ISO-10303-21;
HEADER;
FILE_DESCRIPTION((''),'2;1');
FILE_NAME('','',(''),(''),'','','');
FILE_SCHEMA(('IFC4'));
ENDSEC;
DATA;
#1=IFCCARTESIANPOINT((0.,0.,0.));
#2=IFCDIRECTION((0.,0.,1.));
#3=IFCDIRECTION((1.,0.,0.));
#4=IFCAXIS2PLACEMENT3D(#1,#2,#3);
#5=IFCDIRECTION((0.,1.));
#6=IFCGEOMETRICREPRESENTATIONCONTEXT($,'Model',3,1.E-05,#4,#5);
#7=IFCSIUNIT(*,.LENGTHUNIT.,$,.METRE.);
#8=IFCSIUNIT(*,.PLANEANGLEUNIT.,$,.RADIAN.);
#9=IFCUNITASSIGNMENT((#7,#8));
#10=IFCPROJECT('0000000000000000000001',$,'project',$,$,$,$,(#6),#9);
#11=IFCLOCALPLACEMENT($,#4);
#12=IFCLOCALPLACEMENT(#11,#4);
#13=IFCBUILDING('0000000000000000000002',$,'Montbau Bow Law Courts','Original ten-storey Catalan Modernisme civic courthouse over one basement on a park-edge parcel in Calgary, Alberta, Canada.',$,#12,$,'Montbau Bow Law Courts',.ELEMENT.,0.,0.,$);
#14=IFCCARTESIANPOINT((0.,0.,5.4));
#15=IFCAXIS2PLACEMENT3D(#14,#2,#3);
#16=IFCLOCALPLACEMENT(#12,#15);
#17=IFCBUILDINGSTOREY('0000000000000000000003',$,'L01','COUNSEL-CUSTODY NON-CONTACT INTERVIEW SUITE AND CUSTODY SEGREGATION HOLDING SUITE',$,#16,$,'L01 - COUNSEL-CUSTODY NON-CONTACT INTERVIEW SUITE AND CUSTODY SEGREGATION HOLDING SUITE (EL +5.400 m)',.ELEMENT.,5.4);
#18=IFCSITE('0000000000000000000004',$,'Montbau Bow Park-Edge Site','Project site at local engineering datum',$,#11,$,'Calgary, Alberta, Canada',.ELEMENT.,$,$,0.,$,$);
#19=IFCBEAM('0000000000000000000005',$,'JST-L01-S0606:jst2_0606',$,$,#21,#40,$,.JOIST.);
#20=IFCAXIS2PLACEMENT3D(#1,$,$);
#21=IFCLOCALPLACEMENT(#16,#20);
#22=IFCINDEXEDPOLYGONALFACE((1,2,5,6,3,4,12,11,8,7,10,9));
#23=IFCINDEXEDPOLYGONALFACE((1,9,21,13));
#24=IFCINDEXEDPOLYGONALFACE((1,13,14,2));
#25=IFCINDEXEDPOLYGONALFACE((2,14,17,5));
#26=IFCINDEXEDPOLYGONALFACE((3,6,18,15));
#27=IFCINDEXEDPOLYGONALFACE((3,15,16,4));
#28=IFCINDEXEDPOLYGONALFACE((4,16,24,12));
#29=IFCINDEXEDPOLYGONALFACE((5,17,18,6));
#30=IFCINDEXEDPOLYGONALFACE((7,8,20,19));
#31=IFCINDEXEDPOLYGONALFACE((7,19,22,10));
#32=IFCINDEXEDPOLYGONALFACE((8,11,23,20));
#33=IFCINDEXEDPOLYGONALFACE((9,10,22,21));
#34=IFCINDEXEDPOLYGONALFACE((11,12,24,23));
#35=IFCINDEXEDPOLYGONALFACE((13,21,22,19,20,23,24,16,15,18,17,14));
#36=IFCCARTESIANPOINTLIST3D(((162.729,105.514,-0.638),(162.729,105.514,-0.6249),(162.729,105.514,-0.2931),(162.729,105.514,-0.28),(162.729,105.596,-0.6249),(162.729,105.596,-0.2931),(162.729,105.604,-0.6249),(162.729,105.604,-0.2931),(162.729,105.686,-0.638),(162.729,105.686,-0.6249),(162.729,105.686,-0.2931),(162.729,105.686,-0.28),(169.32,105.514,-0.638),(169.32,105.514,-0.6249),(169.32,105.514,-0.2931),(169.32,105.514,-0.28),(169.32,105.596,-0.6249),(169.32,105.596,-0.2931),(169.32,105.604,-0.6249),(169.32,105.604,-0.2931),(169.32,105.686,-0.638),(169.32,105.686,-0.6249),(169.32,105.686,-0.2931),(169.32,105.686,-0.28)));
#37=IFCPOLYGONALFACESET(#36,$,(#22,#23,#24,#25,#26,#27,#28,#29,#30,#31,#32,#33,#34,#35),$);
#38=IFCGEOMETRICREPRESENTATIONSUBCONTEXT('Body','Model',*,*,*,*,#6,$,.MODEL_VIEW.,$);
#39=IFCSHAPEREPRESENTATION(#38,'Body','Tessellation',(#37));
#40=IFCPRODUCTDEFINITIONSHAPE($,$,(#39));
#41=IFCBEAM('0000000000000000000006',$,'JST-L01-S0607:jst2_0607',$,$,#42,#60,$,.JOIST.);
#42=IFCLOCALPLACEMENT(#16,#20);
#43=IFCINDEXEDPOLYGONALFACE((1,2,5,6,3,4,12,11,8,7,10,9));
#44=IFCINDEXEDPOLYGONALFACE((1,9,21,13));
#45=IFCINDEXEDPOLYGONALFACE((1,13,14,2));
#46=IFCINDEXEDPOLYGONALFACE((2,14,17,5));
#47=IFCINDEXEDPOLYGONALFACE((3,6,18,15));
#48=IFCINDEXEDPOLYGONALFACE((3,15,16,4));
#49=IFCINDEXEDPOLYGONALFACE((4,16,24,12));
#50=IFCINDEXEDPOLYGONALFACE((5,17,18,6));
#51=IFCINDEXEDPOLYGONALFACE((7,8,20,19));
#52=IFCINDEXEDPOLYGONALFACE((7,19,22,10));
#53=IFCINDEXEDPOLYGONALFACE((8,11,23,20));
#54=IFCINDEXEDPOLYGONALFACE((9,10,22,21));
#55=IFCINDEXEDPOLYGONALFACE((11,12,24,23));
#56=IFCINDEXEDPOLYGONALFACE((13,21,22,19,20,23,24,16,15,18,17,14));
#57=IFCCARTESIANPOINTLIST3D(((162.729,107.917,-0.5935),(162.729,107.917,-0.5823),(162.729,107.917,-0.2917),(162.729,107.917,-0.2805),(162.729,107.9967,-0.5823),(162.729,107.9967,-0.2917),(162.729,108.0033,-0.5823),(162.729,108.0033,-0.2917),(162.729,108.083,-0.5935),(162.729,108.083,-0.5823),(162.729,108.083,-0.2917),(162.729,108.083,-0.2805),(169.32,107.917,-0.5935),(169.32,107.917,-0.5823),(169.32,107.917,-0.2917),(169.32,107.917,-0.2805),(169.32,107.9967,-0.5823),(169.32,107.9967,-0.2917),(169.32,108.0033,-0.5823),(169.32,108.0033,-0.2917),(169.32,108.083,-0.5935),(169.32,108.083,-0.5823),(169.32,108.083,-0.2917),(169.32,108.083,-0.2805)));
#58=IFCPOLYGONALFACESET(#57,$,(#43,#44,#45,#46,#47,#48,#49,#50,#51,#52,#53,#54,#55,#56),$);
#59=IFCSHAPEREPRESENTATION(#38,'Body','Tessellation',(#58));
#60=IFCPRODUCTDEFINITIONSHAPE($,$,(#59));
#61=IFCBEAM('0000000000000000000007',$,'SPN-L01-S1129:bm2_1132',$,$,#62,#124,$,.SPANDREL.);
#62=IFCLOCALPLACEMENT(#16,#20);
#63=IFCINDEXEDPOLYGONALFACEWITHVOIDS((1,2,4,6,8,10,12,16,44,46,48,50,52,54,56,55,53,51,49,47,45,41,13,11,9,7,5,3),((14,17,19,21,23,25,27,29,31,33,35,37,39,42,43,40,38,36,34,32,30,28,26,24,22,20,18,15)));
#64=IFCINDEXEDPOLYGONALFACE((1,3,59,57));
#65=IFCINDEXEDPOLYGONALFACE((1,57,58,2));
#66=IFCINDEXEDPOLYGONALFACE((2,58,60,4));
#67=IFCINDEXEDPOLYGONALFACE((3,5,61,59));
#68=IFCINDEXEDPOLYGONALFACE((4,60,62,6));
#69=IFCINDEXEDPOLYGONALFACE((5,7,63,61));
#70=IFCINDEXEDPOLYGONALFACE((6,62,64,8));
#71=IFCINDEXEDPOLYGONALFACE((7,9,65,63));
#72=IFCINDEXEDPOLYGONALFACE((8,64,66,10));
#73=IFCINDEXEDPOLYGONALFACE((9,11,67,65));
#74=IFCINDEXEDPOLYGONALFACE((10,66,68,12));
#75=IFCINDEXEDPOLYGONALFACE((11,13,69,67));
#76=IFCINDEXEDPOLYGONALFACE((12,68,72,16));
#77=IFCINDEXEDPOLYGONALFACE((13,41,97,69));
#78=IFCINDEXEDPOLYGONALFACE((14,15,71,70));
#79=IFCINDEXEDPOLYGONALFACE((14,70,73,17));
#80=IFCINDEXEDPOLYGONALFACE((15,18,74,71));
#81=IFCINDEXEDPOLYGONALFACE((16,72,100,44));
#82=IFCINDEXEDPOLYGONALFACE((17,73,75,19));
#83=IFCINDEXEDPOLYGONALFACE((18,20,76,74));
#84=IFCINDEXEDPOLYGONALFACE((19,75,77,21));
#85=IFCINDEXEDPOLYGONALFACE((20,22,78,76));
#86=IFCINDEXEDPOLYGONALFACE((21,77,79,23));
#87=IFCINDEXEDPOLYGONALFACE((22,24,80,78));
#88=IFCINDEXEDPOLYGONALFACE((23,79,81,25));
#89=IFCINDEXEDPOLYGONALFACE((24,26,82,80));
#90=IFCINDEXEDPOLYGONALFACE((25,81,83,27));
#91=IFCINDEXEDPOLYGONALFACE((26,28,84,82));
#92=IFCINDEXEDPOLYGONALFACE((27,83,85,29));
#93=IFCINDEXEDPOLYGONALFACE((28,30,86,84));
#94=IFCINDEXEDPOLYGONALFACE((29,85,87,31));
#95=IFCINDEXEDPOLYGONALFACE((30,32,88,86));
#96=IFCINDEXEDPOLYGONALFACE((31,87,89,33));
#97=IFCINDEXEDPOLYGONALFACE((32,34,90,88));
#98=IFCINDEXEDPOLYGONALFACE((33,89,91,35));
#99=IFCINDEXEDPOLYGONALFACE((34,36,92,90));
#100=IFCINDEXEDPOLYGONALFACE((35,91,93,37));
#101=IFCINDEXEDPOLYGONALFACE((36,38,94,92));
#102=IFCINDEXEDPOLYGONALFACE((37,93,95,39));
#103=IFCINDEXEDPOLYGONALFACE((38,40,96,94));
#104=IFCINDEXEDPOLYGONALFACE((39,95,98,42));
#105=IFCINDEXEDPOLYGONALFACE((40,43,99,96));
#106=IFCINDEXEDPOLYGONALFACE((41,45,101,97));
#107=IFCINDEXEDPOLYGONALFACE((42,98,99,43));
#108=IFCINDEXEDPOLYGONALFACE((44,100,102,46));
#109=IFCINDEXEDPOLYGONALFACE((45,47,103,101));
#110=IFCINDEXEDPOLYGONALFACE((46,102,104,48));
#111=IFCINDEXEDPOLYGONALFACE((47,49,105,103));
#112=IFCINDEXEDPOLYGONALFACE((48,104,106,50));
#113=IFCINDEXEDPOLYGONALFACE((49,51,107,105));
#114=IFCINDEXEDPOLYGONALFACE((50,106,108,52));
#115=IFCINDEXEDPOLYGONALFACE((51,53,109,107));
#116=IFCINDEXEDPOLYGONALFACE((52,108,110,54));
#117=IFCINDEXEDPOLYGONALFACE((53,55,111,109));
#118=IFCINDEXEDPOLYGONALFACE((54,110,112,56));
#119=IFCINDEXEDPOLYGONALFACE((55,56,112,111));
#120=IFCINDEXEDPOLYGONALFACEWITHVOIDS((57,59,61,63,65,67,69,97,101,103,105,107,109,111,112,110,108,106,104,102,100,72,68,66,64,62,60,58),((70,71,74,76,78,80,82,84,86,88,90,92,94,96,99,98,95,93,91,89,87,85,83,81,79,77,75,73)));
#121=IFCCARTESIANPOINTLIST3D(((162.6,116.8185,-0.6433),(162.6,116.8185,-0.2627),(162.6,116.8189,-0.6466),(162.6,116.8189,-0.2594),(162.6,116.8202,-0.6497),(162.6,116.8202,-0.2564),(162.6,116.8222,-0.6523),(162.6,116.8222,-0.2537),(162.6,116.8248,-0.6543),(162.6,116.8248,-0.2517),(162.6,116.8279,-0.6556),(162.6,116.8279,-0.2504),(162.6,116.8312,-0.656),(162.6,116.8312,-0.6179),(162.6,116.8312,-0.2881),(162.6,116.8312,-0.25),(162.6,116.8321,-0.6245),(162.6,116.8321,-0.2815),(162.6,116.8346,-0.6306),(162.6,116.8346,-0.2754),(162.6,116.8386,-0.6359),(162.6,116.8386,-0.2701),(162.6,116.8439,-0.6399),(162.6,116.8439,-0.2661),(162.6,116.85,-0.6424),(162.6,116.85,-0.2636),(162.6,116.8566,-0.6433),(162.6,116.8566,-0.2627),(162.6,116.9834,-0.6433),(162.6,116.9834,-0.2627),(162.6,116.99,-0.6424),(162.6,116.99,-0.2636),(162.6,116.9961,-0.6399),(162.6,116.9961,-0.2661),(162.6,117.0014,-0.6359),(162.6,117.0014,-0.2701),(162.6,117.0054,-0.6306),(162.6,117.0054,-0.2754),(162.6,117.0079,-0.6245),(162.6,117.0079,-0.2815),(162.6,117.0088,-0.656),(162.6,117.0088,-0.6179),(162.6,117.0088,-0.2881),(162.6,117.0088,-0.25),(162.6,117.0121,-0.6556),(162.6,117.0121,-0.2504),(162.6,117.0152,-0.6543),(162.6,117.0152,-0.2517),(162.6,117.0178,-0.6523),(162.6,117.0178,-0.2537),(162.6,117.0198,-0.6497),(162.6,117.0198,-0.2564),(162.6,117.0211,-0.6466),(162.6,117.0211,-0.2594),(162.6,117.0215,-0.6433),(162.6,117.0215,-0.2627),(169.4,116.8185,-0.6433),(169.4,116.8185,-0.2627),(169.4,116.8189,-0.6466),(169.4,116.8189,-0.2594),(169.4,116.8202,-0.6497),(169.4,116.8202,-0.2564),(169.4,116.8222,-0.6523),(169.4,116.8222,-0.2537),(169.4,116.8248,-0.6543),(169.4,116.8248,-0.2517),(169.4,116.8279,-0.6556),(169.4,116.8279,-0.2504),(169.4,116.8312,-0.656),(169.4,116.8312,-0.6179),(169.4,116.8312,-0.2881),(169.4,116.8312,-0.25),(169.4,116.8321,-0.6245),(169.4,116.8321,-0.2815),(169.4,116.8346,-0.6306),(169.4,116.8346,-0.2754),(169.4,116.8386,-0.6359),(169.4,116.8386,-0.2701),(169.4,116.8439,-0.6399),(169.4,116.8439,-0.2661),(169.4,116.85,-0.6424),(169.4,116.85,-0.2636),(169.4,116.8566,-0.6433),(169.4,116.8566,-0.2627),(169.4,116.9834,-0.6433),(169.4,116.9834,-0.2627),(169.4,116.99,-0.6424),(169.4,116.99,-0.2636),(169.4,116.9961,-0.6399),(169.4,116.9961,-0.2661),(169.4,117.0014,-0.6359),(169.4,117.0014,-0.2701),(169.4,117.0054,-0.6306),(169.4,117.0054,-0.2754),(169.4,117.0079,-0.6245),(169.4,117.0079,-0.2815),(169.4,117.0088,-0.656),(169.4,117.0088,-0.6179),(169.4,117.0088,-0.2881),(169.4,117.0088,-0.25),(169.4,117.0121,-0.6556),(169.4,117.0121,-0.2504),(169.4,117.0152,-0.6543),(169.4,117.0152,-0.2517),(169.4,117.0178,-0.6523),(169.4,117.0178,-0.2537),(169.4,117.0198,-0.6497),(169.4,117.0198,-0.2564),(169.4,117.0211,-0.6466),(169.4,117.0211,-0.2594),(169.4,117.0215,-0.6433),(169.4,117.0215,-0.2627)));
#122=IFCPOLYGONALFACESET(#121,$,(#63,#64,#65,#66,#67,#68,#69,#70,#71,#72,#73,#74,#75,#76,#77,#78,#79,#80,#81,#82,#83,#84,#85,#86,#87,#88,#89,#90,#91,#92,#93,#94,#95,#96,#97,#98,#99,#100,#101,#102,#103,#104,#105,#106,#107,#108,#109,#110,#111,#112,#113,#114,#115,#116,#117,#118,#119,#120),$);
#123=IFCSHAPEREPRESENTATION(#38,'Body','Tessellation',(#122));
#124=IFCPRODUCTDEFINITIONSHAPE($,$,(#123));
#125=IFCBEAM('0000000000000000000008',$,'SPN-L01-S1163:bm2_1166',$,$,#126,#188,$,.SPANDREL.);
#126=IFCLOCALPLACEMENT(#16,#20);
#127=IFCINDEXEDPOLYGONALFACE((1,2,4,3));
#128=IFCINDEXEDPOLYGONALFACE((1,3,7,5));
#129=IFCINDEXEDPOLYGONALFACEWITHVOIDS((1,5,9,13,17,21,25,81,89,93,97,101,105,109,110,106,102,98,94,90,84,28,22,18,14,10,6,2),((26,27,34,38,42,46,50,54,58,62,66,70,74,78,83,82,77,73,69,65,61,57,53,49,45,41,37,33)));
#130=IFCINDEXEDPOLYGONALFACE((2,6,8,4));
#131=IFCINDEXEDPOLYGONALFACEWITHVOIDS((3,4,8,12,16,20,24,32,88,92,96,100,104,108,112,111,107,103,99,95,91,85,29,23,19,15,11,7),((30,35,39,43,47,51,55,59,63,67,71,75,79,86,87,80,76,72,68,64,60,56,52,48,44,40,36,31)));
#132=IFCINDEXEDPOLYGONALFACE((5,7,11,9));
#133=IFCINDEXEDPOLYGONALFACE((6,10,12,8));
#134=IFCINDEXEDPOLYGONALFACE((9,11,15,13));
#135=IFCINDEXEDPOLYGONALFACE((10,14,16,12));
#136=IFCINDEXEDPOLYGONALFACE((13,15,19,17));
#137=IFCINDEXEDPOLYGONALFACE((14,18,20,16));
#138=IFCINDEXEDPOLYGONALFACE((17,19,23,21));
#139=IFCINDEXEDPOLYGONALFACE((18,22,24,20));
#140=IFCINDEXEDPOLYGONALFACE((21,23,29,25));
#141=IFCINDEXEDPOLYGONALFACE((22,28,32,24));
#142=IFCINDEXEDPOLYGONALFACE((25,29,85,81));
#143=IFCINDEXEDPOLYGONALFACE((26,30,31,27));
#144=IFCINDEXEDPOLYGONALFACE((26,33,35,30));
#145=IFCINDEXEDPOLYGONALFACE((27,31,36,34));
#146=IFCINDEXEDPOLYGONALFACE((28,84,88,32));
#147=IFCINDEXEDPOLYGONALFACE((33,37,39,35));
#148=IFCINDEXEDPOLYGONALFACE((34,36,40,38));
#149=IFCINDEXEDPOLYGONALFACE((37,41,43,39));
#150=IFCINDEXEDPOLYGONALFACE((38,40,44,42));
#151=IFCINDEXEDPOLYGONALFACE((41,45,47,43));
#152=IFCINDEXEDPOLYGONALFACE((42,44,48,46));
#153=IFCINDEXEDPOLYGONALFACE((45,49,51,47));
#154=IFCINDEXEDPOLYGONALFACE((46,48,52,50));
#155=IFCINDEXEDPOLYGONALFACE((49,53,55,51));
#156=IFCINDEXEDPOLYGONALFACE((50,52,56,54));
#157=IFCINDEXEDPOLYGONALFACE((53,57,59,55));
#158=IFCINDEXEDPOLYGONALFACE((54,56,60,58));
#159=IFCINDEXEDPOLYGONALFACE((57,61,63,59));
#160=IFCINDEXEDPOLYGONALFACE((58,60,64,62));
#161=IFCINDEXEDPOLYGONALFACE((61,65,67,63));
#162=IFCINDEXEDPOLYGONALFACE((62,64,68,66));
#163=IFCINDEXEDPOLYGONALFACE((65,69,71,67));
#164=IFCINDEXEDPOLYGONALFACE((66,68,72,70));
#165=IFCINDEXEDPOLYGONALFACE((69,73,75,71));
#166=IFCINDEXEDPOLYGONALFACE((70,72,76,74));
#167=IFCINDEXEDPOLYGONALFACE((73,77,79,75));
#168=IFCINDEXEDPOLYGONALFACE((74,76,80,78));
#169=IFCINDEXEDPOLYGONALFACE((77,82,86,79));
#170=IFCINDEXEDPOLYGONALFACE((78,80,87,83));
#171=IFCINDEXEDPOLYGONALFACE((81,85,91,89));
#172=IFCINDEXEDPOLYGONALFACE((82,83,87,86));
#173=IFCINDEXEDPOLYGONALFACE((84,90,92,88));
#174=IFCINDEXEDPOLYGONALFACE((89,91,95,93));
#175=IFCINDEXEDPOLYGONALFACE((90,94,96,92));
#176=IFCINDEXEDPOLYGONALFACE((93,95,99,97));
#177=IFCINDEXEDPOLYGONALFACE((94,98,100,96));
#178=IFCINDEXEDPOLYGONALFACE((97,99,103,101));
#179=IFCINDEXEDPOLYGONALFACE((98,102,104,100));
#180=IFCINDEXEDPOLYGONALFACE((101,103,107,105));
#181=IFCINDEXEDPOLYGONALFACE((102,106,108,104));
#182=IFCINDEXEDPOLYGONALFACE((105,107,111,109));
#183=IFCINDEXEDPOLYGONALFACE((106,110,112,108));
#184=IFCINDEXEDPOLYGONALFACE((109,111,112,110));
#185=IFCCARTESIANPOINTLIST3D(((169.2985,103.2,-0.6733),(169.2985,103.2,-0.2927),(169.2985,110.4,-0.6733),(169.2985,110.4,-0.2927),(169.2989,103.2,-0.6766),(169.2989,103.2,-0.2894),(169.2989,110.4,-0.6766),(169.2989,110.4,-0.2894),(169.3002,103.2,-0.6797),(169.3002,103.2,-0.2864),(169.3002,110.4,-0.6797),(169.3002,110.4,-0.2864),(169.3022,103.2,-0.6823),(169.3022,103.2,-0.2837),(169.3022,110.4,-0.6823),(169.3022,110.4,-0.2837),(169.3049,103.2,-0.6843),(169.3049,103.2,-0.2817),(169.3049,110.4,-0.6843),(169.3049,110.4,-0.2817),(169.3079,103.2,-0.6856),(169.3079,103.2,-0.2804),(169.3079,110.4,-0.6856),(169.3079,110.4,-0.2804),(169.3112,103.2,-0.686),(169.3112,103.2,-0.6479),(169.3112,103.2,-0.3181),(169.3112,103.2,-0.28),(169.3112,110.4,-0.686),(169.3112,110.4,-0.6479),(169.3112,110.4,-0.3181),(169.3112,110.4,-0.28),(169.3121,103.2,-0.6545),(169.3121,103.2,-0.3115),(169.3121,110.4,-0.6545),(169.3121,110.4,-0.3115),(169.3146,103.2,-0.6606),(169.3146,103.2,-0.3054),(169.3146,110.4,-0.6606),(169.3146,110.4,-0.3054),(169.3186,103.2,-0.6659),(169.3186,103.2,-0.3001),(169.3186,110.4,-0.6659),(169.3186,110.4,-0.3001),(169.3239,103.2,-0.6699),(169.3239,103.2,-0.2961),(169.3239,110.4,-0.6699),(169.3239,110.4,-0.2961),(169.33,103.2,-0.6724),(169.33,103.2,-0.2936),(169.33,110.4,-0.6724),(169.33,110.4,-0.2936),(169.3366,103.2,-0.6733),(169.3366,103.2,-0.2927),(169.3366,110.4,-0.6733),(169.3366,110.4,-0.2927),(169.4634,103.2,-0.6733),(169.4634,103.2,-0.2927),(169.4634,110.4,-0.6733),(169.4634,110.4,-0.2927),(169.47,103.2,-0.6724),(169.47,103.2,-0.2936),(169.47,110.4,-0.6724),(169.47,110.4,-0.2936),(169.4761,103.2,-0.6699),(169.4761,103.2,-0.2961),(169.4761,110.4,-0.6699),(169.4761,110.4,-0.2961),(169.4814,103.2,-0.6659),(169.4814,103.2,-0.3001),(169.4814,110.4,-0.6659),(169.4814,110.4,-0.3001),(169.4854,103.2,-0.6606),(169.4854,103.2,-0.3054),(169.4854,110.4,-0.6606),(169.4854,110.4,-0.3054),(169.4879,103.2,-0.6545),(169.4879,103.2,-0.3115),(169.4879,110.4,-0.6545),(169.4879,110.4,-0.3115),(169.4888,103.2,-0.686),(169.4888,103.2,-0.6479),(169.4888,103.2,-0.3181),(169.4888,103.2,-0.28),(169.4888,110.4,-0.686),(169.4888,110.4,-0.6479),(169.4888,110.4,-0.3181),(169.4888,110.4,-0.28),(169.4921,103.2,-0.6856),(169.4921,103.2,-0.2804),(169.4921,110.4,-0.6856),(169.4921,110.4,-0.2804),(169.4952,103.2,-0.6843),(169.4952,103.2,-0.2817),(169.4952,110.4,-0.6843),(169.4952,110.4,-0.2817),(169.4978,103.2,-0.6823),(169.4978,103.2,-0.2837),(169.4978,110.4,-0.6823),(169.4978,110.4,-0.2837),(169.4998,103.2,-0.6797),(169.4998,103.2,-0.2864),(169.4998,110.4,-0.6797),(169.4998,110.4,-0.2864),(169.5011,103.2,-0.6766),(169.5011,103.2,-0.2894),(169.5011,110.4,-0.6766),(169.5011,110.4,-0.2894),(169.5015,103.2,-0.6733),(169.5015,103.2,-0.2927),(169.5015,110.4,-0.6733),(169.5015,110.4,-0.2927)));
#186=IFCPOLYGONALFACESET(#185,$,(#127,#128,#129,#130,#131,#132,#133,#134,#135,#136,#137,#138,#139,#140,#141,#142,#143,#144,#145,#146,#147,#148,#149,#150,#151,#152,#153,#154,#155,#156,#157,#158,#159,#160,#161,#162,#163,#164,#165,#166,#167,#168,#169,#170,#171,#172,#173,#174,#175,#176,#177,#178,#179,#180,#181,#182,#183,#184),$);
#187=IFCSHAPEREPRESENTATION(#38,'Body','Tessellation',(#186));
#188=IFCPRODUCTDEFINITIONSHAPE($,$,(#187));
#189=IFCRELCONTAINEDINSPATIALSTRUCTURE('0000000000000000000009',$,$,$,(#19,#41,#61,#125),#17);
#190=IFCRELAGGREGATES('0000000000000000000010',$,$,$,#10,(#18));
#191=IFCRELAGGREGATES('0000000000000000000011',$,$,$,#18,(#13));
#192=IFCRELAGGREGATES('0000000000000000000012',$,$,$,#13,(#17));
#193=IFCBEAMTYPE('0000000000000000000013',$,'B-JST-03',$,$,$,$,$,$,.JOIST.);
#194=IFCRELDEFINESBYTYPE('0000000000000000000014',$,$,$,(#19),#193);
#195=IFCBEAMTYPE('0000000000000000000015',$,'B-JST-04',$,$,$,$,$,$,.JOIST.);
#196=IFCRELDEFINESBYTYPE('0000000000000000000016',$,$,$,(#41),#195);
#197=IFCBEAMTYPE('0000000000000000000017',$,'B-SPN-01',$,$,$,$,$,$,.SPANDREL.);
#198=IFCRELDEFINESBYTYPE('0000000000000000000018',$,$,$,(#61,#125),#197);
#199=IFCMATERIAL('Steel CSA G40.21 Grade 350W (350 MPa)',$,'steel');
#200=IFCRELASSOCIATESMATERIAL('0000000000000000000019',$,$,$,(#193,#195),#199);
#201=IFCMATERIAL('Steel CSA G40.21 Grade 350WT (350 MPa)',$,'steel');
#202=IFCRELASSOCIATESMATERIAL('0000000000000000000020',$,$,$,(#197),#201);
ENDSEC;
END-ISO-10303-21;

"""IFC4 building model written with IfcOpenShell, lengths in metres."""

from ifc_helpers import new_model, si_unit, direction, frame, origin_with_axes, origin_2d_with_axis, place, context, subcontext, project, spatial, hollow_rectangle, i_section, extrude, material, material_profile, profile_set, type_object, element, save


model = new_model("IFC4")

# Units and contexts
model_context = context("Model", 3, precision=1e-05, world=origin_with_axes(), true_north=direction((0.0, 1.0)))
body_context = subcontext(model_context, "Body", "Model", "MODEL_VIEW")
ifc_project = project(units=[si_unit("LENGTHUNIT", "METRE"), si_unit("PLANEANGLEUNIT", "RADIAN")], contexts=[model_context])

# Site, building, storey
site_placement = place(None, origin_with_axes())
site = spatial("IfcSite", under=ifc_project, at=site_placement, Name="Montbau Bow Park-Edge Site", Description="Project site at local engineering datum", LongName="Calgary, Alberta, Canada", CompositionType="ELEMENT", RefElevation=0.0)
building_placement = place(site_placement, origin_with_axes())
building = spatial("IfcBuilding", under=site, at=building_placement, Name="Montbau Bow Law Courts", Description="Original ten-storey Catalan Modernisme civic courthouse over one basement on a park-edge parcel in Calgary, Alberta, Canada.", LongName="Montbau Bow Law Courts", CompositionType="ELEMENT", ElevationOfRefHeight=0.0, ElevationOfTerrain=0.0)
storey_placement = place(building_placement, frame((0.0, 0.0, 5.4), z_axis=(0.0, 0.0, 1.0), x_axis=(1.0, 0.0, 0.0)))
storey = spatial("IfcBuildingStorey", under=building, at=storey_placement, Name="L01", Description="COUNSEL-CUSTODY NON-CONTACT INTERVIEW SUITE AND CUSTODY SEGREGATION HOLDING SUITE", LongName="L01 - COUNSEL-CUSTODY NON-CONTACT INTERVIEW SUITE AND CUSTODY SEGREGATION HOLDING SUITE (EL +5.400 m)", CompositionType="ELEMENT", Elevation=5.4)

# Beams
ifc_material_1 = material(Name="Steel CSA G40.21 Grade 350W (350 MPa)", Category="steel")
ifc_material_profile_1 = material_profile(ifc_material_1, i_section(OverallWidth=0.172, OverallDepth=0.358, WebThickness=0.0079, FlangeThickness=0.0131, at=origin_2d_with_axis()), Name="W360X57", Category="Main", Priority=0)
ifc_profile_set_1 = profile_set([ifc_material_profile_1], Name="Steel CSA G40.21 Grade 350W (350 MPa)")
beam_type_1 = type_object("IfcBeamType", Name="B-JST-03", PredefinedType="JOIST", material=ifc_profile_set_1)
beam_1_placement = place(None, frame((162.729, 105.6, 4.941), z_axis=(1.0, 0.0, 0.0), x_axis=(0.0, 1.0, 0.0)))
element("IfcBeam", 1, at=beam_1_placement, inside=storey, type_object=beam_type_1, Name="JST-L01-S0606:jst2_0606", PredefinedType="JOIST", context=body_context, shape_type="SweptSolid", body=[
    extrude(i_section(OverallWidth=0.172, OverallDepth=0.358, WebThickness=0.0079, FlangeThickness=0.0131, at=origin_2d_with_axis()), origin_with_axes(), (0.0, 0.0, 1.0), 6.591),
])
ifc_material_profile_2 = material_profile(ifc_material_1, i_section(OverallWidth=0.166, OverallDepth=0.313, WebThickness=0.0066, FlangeThickness=0.0112, at=origin_2d_with_axis()), Name="W310X45", Category="Main", Priority=0)
ifc_profile_set_2 = profile_set([ifc_material_profile_2], Name="Steel CSA G40.21 Grade 350W (350 MPa)")
beam_type_2 = type_object("IfcBeamType", Name="B-JST-04", PredefinedType="JOIST", material=ifc_profile_set_2)
beam_2_placement = place(None, frame((162.729, 108.0, 4.963), z_axis=(1.0, 0.0, 0.0), x_axis=(0.0, 1.0, 0.0)))
element("IfcBeam", 2, at=beam_2_placement, inside=storey, type_object=beam_type_2, Name="JST-L01-S0607:jst2_0607", PredefinedType="JOIST", context=body_context, shape_type="SweptSolid", body=[
    extrude(i_section(OverallWidth=0.166, OverallDepth=0.313, WebThickness=0.0066, FlangeThickness=0.0112, at=origin_2d_with_axis()), origin_with_axes(), (0.0, 0.0, 1.0), 6.591),
])
ifc_material_2 = material(Name="Steel CSA G40.21 Grade 350WT (350 MPa)", Category="steel")
ifc_material_profile_3 = material_profile(ifc_material_2, hollow_rectangle(XDim=0.203, YDim=0.406, WallThickness=0.0127, InnerFilletRadius=0.0254, OuterFilletRadius=0.0127, at=origin_2d_with_axis()), Name="HSS406X203X13", Category="Main", Priority=0)
ifc_profile_set_3 = profile_set([ifc_material_profile_3], Name="Steel CSA G40.21 Grade 350WT (350 MPa)")
beam_type_3 = type_object("IfcBeamType", Name="B-SPN-01", PredefinedType="SPANDREL", material=ifc_profile_set_3)
beam_3_placement = place(None, frame((162.6, 116.92, 4.947), z_axis=(1.0, 0.0, 0.0), x_axis=(0.0, 1.0, 0.0)))
element("IfcBeam", 3, at=beam_3_placement, inside=storey, type_object=beam_type_3, Name="SPN-L01-S1129:bm2_1132", PredefinedType="SPANDREL", context=body_context, shape_type="SweptSolid", body=[
    extrude(hollow_rectangle(XDim=0.203, YDim=0.406, WallThickness=0.0127, InnerFilletRadius=0.0254, OuterFilletRadius=0.0127, at=origin_2d_with_axis()), origin_with_axes(), (0.0, 0.0, 1.0), 6.8),
])
beam_4_placement = place(None, frame((169.4, 103.2, 4.917), z_axis=(0.0, 1.0, 0.0), x_axis=(-1.0, 0.0, 0.0)))
element("IfcBeam", 4, at=beam_4_placement, inside=storey, type_object=beam_type_3, Name="SPN-L01-S1163:bm2_1166", PredefinedType="SPANDREL", context=body_context, shape_type="SweptSolid", body=[
    extrude(hollow_rectangle(XDim=0.203, YDim=0.406, WallThickness=0.0127, InnerFilletRadius=0.0254, OuterFilletRadius=0.0127, at=origin_2d_with_axis()), origin_with_axes(), (0.0, 0.0, 1.0), 7.2),
])

save(model, "model.ifc")
